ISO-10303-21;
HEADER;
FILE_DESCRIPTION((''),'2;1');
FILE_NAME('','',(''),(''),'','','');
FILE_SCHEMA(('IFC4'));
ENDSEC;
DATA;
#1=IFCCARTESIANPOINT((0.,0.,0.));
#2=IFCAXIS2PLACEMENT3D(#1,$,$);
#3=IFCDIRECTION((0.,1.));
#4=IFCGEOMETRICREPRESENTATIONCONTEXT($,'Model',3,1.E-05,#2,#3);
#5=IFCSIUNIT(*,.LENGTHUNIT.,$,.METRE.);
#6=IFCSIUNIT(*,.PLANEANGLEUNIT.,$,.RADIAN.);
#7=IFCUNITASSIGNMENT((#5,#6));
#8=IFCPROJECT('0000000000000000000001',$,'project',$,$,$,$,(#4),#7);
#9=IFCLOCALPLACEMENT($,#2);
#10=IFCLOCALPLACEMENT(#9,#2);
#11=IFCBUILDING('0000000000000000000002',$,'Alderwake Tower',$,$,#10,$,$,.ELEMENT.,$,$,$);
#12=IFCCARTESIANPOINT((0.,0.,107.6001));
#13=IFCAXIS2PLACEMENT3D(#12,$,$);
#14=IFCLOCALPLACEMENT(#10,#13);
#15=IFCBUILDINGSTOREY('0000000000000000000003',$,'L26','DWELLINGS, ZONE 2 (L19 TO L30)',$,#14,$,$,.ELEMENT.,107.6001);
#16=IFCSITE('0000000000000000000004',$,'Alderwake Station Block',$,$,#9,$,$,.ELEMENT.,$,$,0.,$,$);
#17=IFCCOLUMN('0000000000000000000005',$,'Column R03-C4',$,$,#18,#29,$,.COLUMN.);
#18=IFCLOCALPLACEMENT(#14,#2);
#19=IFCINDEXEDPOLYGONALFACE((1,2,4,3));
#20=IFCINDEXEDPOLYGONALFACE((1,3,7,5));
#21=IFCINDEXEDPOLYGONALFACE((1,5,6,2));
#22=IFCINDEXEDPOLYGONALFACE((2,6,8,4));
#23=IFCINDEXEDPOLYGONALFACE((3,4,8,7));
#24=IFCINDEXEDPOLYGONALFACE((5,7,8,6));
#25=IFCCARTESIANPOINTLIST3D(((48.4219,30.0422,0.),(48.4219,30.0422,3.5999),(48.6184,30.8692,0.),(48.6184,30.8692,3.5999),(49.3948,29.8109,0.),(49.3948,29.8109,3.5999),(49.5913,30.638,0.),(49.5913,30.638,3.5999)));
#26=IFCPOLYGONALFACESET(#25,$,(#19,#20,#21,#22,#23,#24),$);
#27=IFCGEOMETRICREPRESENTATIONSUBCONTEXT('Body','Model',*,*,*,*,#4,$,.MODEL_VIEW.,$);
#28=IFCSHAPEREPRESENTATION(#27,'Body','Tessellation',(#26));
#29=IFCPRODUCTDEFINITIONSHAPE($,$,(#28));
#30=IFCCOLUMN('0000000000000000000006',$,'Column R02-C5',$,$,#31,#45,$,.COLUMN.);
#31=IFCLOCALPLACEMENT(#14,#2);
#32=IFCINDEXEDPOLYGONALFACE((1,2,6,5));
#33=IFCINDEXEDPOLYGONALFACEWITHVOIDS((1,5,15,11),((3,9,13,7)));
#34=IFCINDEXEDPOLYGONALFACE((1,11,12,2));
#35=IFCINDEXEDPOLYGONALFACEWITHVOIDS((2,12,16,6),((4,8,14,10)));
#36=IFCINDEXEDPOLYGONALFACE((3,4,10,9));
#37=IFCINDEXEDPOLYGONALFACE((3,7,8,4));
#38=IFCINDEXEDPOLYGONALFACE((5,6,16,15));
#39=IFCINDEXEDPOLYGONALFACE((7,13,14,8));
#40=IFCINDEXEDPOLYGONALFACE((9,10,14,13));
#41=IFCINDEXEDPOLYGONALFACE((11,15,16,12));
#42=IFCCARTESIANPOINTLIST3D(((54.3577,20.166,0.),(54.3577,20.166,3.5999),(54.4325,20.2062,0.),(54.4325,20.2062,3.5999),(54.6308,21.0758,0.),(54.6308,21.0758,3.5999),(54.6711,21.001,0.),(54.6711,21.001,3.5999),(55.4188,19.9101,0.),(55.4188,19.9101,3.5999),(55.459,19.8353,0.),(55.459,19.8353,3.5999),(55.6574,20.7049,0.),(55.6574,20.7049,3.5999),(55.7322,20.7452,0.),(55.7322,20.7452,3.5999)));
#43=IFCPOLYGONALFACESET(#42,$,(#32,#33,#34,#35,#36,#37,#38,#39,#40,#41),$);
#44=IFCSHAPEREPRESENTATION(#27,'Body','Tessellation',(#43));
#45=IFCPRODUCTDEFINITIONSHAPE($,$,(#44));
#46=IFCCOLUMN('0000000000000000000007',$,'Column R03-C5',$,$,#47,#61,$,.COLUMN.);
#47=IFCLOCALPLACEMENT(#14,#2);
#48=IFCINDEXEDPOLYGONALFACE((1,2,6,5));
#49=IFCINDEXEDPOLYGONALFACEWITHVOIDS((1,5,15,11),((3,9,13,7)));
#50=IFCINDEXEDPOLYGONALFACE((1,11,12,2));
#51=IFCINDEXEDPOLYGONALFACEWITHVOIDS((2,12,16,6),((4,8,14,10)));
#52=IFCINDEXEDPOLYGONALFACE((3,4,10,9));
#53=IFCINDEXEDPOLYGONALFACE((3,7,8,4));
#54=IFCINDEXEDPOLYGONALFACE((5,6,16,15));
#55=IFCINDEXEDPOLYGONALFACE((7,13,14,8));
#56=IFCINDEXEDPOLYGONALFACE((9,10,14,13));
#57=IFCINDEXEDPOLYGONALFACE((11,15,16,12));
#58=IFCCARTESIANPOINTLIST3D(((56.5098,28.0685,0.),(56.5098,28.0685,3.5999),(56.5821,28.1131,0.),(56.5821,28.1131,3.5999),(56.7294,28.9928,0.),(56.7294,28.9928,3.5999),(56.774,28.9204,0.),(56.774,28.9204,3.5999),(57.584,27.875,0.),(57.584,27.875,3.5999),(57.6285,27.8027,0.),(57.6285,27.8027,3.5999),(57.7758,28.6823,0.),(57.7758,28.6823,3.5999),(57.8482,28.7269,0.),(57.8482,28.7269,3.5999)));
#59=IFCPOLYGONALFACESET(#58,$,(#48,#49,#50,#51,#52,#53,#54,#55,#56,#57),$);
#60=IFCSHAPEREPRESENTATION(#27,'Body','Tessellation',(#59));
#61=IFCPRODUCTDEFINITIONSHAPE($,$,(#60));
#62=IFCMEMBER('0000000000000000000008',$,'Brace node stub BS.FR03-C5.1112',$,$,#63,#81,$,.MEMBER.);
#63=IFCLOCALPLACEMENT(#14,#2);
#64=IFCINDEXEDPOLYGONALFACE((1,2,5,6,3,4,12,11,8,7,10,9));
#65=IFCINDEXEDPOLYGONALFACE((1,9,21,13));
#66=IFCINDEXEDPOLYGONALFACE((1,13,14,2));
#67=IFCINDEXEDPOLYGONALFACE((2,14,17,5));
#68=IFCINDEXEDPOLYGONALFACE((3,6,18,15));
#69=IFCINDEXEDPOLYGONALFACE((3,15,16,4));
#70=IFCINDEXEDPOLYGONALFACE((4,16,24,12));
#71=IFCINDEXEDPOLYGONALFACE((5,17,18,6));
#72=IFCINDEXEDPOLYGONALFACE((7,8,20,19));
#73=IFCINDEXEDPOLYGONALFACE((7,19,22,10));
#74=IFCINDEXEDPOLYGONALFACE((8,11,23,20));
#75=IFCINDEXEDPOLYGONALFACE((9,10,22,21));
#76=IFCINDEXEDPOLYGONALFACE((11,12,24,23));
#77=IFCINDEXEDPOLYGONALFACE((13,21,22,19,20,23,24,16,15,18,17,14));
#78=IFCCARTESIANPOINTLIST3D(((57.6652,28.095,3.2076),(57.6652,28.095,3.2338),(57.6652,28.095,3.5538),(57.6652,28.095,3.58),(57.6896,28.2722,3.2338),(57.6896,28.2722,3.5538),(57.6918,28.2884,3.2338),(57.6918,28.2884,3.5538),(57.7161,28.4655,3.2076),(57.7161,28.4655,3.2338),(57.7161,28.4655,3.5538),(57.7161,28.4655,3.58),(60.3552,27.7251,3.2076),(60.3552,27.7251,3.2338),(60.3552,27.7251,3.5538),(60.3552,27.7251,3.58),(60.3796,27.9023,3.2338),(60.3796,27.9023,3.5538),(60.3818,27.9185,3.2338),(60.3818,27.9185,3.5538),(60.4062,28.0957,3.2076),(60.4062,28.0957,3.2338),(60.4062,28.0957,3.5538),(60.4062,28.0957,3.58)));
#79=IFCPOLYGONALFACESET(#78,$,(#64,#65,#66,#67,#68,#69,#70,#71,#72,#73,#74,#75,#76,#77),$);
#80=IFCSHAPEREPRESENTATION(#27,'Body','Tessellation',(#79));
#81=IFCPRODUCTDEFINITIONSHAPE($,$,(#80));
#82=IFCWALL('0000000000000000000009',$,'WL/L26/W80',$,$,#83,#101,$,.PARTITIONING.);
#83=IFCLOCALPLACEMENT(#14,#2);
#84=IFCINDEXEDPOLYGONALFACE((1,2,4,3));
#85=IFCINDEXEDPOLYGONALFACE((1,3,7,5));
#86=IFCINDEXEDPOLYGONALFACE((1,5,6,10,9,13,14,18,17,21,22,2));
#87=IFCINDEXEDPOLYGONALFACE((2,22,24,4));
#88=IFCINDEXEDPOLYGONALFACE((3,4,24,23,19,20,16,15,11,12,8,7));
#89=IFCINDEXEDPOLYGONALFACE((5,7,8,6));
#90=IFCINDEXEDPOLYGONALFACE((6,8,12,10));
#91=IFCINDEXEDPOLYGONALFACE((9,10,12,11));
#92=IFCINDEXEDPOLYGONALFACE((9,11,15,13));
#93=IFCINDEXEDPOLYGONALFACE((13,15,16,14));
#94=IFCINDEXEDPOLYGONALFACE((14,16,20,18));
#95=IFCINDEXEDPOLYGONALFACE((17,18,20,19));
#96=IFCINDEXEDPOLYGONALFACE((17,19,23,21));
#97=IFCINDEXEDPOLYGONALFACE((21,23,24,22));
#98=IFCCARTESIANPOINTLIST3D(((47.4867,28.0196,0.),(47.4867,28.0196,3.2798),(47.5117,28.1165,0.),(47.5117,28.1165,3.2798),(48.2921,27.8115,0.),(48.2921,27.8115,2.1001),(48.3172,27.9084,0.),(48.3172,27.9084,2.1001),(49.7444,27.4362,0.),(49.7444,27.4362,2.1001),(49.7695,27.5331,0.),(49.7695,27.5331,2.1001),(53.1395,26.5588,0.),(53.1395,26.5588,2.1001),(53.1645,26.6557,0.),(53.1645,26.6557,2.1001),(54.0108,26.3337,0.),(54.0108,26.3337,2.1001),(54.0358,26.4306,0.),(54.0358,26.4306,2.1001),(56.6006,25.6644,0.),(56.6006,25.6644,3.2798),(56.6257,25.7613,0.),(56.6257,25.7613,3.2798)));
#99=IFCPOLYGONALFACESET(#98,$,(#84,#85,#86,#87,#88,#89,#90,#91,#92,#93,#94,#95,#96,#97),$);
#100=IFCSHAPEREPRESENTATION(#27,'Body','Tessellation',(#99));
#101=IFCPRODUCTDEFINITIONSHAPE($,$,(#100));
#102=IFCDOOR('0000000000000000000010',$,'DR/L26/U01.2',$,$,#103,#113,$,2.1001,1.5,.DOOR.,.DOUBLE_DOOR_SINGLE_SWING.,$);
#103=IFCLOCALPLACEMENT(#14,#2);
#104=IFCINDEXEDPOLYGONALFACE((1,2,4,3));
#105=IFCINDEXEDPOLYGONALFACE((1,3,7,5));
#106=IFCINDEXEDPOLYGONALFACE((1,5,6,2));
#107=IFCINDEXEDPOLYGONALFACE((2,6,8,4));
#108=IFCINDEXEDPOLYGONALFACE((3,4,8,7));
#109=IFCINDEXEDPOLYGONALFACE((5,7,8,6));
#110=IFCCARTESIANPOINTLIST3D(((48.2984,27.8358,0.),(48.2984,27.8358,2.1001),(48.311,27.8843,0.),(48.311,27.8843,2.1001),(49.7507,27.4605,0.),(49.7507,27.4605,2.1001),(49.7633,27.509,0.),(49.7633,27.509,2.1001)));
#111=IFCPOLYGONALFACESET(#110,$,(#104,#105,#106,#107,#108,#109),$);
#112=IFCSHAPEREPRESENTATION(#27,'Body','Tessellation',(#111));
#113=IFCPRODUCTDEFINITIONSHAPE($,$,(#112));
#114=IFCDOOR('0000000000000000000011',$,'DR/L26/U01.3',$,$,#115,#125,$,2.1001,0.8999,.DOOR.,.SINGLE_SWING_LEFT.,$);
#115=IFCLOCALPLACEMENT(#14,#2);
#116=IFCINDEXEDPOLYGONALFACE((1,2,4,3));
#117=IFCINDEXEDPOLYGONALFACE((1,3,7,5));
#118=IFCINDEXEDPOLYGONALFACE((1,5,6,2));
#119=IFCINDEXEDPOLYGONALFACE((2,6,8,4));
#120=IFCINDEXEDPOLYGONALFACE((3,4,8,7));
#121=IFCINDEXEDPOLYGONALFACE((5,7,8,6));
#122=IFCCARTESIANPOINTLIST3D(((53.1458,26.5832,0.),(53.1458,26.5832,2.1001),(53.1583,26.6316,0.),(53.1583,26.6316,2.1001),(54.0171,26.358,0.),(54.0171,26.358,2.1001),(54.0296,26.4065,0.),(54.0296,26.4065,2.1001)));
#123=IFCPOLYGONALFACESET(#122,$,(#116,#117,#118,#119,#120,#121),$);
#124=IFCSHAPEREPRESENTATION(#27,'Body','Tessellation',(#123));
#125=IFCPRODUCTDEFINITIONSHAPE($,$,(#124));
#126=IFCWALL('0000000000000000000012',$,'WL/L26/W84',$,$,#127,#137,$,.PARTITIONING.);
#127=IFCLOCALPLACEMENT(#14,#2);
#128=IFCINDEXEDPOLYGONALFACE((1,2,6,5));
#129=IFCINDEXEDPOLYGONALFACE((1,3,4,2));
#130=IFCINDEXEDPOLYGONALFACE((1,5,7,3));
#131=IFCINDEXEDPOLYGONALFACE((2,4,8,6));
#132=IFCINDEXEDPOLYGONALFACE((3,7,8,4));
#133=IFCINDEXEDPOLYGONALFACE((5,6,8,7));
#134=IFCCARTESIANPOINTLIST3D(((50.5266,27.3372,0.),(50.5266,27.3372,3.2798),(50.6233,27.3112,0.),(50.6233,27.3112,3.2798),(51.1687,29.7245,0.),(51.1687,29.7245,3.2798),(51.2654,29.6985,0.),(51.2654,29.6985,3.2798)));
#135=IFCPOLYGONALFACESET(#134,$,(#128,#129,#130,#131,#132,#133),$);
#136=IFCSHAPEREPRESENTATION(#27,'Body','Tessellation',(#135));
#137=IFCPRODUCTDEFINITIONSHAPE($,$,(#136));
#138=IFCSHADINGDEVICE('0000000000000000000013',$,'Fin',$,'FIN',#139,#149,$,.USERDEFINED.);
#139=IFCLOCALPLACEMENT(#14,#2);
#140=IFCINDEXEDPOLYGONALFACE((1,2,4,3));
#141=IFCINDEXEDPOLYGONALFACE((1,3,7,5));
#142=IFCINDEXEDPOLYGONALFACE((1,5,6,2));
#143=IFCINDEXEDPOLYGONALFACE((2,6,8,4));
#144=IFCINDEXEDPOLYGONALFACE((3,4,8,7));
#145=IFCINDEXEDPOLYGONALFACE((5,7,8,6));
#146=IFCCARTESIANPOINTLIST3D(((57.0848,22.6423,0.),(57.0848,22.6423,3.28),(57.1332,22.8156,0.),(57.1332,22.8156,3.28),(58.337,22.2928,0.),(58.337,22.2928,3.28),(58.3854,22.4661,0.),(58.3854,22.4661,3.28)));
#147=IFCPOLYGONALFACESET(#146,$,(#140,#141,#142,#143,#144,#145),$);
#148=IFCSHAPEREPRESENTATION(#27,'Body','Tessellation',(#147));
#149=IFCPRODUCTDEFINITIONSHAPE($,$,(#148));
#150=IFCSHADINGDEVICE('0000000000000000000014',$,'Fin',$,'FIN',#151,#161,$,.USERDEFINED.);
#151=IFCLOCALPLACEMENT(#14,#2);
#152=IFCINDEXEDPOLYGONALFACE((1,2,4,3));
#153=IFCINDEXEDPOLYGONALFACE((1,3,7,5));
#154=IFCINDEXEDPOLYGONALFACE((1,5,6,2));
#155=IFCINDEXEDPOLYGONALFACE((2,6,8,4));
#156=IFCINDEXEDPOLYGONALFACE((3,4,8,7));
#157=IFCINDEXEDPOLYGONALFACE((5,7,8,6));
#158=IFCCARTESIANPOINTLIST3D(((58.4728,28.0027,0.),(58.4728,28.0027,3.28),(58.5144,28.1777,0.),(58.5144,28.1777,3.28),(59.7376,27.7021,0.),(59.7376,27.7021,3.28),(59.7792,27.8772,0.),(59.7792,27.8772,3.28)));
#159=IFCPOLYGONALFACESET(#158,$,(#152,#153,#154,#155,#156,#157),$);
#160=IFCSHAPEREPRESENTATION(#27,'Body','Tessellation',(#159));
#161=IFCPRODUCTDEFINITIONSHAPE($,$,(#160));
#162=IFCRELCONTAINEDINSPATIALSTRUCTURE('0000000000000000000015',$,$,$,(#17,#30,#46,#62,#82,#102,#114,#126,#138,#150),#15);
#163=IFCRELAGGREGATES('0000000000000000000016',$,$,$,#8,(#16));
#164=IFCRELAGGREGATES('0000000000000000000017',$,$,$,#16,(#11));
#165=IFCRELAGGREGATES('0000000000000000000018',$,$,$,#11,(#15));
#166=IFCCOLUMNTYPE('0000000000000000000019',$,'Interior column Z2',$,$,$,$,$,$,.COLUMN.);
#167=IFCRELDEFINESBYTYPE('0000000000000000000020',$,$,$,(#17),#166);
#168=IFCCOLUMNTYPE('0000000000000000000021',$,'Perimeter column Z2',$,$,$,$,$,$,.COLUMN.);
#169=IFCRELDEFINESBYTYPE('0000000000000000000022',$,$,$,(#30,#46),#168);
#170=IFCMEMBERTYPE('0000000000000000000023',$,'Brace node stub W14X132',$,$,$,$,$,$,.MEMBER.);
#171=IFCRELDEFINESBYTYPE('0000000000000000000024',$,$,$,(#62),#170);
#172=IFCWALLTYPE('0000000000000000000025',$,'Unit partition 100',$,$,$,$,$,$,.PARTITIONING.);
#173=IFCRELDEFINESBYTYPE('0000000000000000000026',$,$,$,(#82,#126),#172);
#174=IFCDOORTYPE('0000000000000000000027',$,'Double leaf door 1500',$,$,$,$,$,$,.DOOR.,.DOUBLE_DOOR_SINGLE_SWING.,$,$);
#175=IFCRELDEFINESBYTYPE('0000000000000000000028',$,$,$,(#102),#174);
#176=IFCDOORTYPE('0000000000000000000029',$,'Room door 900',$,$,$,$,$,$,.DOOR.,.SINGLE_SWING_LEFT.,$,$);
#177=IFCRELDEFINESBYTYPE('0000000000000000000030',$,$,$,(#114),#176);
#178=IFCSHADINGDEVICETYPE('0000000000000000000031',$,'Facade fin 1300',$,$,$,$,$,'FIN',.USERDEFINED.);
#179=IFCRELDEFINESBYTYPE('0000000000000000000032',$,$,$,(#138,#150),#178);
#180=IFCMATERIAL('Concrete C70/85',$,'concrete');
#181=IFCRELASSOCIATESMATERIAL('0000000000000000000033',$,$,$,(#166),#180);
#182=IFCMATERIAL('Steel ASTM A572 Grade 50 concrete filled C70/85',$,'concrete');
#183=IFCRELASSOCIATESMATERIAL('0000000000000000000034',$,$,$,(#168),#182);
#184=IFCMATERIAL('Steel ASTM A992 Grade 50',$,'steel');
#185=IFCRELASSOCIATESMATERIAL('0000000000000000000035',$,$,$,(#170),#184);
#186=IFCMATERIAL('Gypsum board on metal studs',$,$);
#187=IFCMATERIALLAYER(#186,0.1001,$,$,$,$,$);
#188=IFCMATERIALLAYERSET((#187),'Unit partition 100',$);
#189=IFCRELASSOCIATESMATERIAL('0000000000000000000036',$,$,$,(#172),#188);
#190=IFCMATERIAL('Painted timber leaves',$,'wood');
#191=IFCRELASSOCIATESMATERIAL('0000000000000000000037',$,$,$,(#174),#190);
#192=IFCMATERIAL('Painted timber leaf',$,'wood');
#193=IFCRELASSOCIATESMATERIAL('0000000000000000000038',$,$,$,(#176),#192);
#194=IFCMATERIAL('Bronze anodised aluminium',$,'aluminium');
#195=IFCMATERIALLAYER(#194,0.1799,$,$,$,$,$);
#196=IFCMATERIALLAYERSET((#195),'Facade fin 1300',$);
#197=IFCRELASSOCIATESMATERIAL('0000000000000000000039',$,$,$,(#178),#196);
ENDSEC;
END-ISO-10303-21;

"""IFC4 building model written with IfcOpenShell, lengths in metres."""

from ifc_helpers import new_model, si_unit, direction, frame, frame_2d, origin, origin_2d, place, context, subcontext, project, spatial, rectangle, hollow_rectangle, i_section, extrude, material, layer, layer_set, material_profile, profile_set, type_object, element, fill, save


model = new_model("IFC4")

# Units and contexts
model_context = context("Model", 3, precision=1e-05, world=origin(), true_north=direction((0.0, 1.0)))
body_context = subcontext(model_context, "Body", "Model", "MODEL_VIEW")
ifc_project = project(units=[si_unit("LENGTHUNIT", "METRE"), si_unit("PLANEANGLEUNIT", "RADIAN")], contexts=[model_context])

# Site, building, storey
site_placement = place(None, origin())
site = spatial("IfcSite", under=ifc_project, at=site_placement, Name="Alderwake Station Block", CompositionType="ELEMENT", RefElevation=0.0)
building_placement = place(site_placement, origin())
building = spatial("IfcBuilding", under=site, at=building_placement, Name="Alderwake Tower", CompositionType="ELEMENT")
storey_placement = place(building_placement, frame((0.0, 0.0, 107.6001)))
storey = spatial("IfcBuildingStorey", under=building, at=storey_placement, Name="L26", Description="DWELLINGS, ZONE 2 (L19 TO L30)", CompositionType="ELEMENT", Elevation=107.6001)

# Columns
ifc_material_1 = material(Name="Concrete C70/85", Category="concrete")
ifc_material_profile_1 = material_profile(ifc_material_1, rectangle(XDim=0.8501, YDim=1.0, at=origin_2d()), Name="RC 1000X850")
ifc_profile_set_1 = profile_set([ifc_material_profile_1], Name="Concrete C70/85")
column_type_1 = type_object("IfcColumnType", Name="Interior column Z2", PredefinedType="COLUMN", material=ifc_profile_set_1)
column_placement = place(storey_placement, frame((49.0066, 30.3401, 0.0), z_axis=(0.0, 0.0, 1.0), x_axis=(0.231222, 0.972901, 0.0)))
element("IfcColumn", 1, at=column_placement, inside=storey, type_object=column_type_1, Name="Column R03-C4", PredefinedType="COLUMN", context=body_context, shape_type="SweptSolid", body=[
    extrude(rectangle(XDim=0.8501, YDim=1.0, at=origin_2d()), origin(), (0.0, 0.0, 1.0), 3.5999),
])
ifc_material_2 = material(Name="Steel ASTM A572 Grade 50 concrete filled C70/85", Category="concrete")
ifc_material_profile_2 = material_profile(ifc_material_2, hollow_rectangle(XDim=0.95, YDim=1.1499, WallThickness=0.0601, at=origin_2d()), Name="BOX 1150X950X60")
ifc_profile_set_2 = profile_set([ifc_material_profile_2], Name="Steel ASTM A572 Grade 50 concrete filled C70/85")
column_type_2 = type_object("IfcColumnType", Name="Perimeter column Z2", PredefinedType="COLUMN", material=ifc_profile_set_2)
for number, where, z_axis, x_axis, name in (
    (2, (55.0449, 20.4556, 0.0), (0.0, 0.0, 1.0), (0.287549, 0.957766, 0.0), "Column R02-C5"),
    (3, (57.179, 28.3977, 0.0), (0.0, 0.0, 1.0), (0.231222, 0.972901, 0.0), "Column R03-C5"),
):
    element("IfcColumn", number, at=place(storey_placement, frame(where, z_axis=z_axis, x_axis=x_axis)), inside=storey, type_object=column_type_2, Name=name, PredefinedType="COLUMN", context=body_context, shape_type="SweptSolid", body=[
        extrude(hollow_rectangle(XDim=0.95, YDim=1.1499, WallThickness=0.0601, at=origin_2d()), origin(), (0.0, 0.0, 1.0), 3.5999),
    ])

# Member
ifc_material_3 = material(Name="Steel ASTM A992 Grade 50", Category="steel")
ifc_material_profile_3 = material_profile(ifc_material_3, i_section(OverallWidth=0.374, OverallDepth=0.3723, WebThickness=0.0164, FlangeThickness=0.0261, at=origin_2d()), Name="W14X132")
ifc_profile_set_3 = profile_set([ifc_material_profile_3], Name="Steel ASTM A992 Grade 50")
member_type = type_object("IfcMemberType", Name="Brace node stub W14X132", PredefinedType="MEMBER", material=ifc_profile_set_3)
member_placement = place(storey_placement, frame((57.6907, 28.2803, 3.3938), z_axis=(0.990679, -0.136221, 0.0), x_axis=(0.136221, 0.990679, 0.0)))
element("IfcMember", 4, at=member_placement, inside=storey, type_object=member_type, Name="Brace node stub BS.FR03-C5.1112", PredefinedType="MEMBER", context=body_context, shape_type="SweptSolid", body=[
    extrude(i_section(OverallWidth=0.374, OverallDepth=0.3723, WebThickness=0.0164, FlangeThickness=0.0261, at=origin_2d()), origin(), (0.0, 0.0, 1.0), 2.7153),
])

# Wall, openings, doors
ifc_material_4 = material(Name="Gypsum board on metal studs")
ifc_layer_1 = layer(ifc_material_4, 0.1001)
ifc_layer_set_1 = layer_set([ifc_layer_1], Name="Unit partition 100")
wall_type_1 = type_object("IfcWallType", Name="Unit partition 100", PredefinedType="PARTITIONING", material=ifc_layer_set_1)
wall_1_placement = place(storey_placement, frame((56.613, 25.7129, 0.0), z_axis=(0.0, 0.0, 1.0), x_axis=(-0.968194, 0.250199, 0.0)))
wall_1 = element("IfcWall", 5, at=wall_1_placement, inside=storey, type_object=wall_type_1, Name="WL/L26/W80", PredefinedType="PARTITIONING", context=body_context, shape_type="SweptSolid", body=[
    extrude(rectangle(XDim=9.4133, YDim=0.1001, at=frame_2d((4.7065, 0.0))), origin(), (0.0, 0.0, 1.0), 3.2798),
])
opening_1_placement = place(wall_1_placement, frame((7.0813, 0.0, 0.0)))
opening_1 = element("IfcOpeningElement", 6, at=opening_1_placement, cuts=wall_1, PredefinedType="OPENING", context=body_context, shape_type="SweptSolid", body=[
    extrude(rectangle(XDim=1.5, YDim=2.1001, at=frame_2d((0.75, 1.05))), frame((0.0, 0.0601, 0.0), z_axis=(0.0, -1.0, 0.0), x_axis=(1.0, 0.0, 0.0)), (0.0, 0.0, 1.0), 0.1201),
])
opening_2_placement = place(wall_1_placement, frame((2.6748, 0.0, 0.0)))
opening_2 = element("IfcOpeningElement", 7, at=opening_2_placement, cuts=wall_1, PredefinedType="OPENING", context=body_context, shape_type="SweptSolid", body=[
    extrude(rectangle(XDim=0.8999, YDim=2.1001, at=frame_2d((0.45, 1.05))), frame((0.0, 0.0601, 0.0), z_axis=(0.0, -1.0, 0.0), x_axis=(1.0, 0.0, 0.0)), (0.0, 0.0, 1.0), 0.1201),
])
ifc_material_5 = material(Name="Painted timber leaves", Category="wood")
door_type_1 = type_object("IfcDoorType", Name="Double leaf door 1500", OperationType="DOUBLE_DOOR_SINGLE_SWING", PredefinedType="DOOR", material=ifc_material_5)
door_1_placement = place(opening_1_placement, origin())
door_1 = element("IfcDoor", 8, at=door_1_placement, inside=storey, type_object=door_type_1, Name="DR/L26/U01.2", OperationType="DOUBLE_DOOR_SINGLE_SWING", OverallHeight=2.1001, OverallWidth=1.5, PredefinedType="DOOR", context=body_context, shape_type="SweptSolid", body=[
    extrude(rectangle(XDim=1.5, YDim=2.1001, at=frame_2d((0.75, 1.05))), frame((0.0, 0.0249, 0.0), z_axis=(0.0, -1.0, 0.0), x_axis=(1.0, 0.0, 0.0)), (0.0, 0.0, 1.0), 0.05),
])
fill(opening_1, door_1)
ifc_material_6 = material(Name="Painted timber leaf", Category="wood")
door_type_2 = type_object("IfcDoorType", Name="Room door 900", OperationType="SINGLE_SWING_LEFT", PredefinedType="DOOR", material=ifc_material_6)
door_2_placement = place(opening_2_placement, origin())
door_2 = element("IfcDoor", 9, at=door_2_placement, inside=storey, type_object=door_type_2, Name="DR/L26/U01.3", OperationType="SINGLE_SWING_LEFT", OverallHeight=2.1001, OverallWidth=0.8999, PredefinedType="DOOR", context=body_context, shape_type="SweptSolid", body=[
    extrude(rectangle(XDim=0.8999, YDim=2.1001, at=frame_2d((0.45, 1.05))), frame((0.0, 0.0249, 0.0), z_axis=(0.0, -1.0, 0.0), x_axis=(1.0, 0.0, 0.0)), (0.0, 0.0, 1.0), 0.05),
])
fill(opening_2, door_2)

# Wall
wall_2_placement = place(storey_placement, frame((50.575, 27.3242, 0.0), z_axis=(0.0, 0.0, 1.0), x_axis=(0.25974, 0.965679, 0.0)))
element("IfcWall", 10, at=wall_2_placement, inside=storey, type_object=wall_type_1, Name="WL/L26/W84", PredefinedType="PARTITIONING", context=body_context, shape_type="SweptSolid", body=[
    extrude(rectangle(XDim=2.4722, YDim=0.1001, at=frame_2d((1.2361, 0.0))), origin(), (0.0, 0.0, 1.0), 3.2798),
])

# Shading devices
ifc_material_7 = material(Name="Bronze anodised aluminium", Category="aluminium")
ifc_layer_2 = layer(ifc_material_7, 0.1799)
ifc_layer_set_2 = layer_set([ifc_layer_2], Name="Facade fin 1300")
shading_device_type = type_object("IfcShadingDeviceType", Name="Facade fin 1300", ElementType="FIN", PredefinedType="USERDEFINED", material=ifc_layer_set_2)
for number, where, z_axis, x_axis, name in (
    (11, (57.7351, 22.5542, 0.0), (0.0, 0.0, 1.0), (0.963182, -0.268851, 0.0), "Fin"),
    (12, (59.126, 27.9399, 0.0), (0.0, 0.0, 1.0), (0.972909, -0.231189, 0.0), "Fin"),
):
    element("IfcShadingDevice", number, at=place(storey_placement, frame(where, z_axis=z_axis, x_axis=x_axis)), inside=storey, type_object=shading_device_type, Name=name, ObjectType="FIN", PredefinedType="USERDEFINED", context=body_context, shape_type="SweptSolid", body=[
        extrude(rectangle(XDim=1.3, YDim=0.1799, at=origin_2d()), origin(), (0.0, 0.0, 1.0), 3.28),
    ])

save(model, "model.ifc")
